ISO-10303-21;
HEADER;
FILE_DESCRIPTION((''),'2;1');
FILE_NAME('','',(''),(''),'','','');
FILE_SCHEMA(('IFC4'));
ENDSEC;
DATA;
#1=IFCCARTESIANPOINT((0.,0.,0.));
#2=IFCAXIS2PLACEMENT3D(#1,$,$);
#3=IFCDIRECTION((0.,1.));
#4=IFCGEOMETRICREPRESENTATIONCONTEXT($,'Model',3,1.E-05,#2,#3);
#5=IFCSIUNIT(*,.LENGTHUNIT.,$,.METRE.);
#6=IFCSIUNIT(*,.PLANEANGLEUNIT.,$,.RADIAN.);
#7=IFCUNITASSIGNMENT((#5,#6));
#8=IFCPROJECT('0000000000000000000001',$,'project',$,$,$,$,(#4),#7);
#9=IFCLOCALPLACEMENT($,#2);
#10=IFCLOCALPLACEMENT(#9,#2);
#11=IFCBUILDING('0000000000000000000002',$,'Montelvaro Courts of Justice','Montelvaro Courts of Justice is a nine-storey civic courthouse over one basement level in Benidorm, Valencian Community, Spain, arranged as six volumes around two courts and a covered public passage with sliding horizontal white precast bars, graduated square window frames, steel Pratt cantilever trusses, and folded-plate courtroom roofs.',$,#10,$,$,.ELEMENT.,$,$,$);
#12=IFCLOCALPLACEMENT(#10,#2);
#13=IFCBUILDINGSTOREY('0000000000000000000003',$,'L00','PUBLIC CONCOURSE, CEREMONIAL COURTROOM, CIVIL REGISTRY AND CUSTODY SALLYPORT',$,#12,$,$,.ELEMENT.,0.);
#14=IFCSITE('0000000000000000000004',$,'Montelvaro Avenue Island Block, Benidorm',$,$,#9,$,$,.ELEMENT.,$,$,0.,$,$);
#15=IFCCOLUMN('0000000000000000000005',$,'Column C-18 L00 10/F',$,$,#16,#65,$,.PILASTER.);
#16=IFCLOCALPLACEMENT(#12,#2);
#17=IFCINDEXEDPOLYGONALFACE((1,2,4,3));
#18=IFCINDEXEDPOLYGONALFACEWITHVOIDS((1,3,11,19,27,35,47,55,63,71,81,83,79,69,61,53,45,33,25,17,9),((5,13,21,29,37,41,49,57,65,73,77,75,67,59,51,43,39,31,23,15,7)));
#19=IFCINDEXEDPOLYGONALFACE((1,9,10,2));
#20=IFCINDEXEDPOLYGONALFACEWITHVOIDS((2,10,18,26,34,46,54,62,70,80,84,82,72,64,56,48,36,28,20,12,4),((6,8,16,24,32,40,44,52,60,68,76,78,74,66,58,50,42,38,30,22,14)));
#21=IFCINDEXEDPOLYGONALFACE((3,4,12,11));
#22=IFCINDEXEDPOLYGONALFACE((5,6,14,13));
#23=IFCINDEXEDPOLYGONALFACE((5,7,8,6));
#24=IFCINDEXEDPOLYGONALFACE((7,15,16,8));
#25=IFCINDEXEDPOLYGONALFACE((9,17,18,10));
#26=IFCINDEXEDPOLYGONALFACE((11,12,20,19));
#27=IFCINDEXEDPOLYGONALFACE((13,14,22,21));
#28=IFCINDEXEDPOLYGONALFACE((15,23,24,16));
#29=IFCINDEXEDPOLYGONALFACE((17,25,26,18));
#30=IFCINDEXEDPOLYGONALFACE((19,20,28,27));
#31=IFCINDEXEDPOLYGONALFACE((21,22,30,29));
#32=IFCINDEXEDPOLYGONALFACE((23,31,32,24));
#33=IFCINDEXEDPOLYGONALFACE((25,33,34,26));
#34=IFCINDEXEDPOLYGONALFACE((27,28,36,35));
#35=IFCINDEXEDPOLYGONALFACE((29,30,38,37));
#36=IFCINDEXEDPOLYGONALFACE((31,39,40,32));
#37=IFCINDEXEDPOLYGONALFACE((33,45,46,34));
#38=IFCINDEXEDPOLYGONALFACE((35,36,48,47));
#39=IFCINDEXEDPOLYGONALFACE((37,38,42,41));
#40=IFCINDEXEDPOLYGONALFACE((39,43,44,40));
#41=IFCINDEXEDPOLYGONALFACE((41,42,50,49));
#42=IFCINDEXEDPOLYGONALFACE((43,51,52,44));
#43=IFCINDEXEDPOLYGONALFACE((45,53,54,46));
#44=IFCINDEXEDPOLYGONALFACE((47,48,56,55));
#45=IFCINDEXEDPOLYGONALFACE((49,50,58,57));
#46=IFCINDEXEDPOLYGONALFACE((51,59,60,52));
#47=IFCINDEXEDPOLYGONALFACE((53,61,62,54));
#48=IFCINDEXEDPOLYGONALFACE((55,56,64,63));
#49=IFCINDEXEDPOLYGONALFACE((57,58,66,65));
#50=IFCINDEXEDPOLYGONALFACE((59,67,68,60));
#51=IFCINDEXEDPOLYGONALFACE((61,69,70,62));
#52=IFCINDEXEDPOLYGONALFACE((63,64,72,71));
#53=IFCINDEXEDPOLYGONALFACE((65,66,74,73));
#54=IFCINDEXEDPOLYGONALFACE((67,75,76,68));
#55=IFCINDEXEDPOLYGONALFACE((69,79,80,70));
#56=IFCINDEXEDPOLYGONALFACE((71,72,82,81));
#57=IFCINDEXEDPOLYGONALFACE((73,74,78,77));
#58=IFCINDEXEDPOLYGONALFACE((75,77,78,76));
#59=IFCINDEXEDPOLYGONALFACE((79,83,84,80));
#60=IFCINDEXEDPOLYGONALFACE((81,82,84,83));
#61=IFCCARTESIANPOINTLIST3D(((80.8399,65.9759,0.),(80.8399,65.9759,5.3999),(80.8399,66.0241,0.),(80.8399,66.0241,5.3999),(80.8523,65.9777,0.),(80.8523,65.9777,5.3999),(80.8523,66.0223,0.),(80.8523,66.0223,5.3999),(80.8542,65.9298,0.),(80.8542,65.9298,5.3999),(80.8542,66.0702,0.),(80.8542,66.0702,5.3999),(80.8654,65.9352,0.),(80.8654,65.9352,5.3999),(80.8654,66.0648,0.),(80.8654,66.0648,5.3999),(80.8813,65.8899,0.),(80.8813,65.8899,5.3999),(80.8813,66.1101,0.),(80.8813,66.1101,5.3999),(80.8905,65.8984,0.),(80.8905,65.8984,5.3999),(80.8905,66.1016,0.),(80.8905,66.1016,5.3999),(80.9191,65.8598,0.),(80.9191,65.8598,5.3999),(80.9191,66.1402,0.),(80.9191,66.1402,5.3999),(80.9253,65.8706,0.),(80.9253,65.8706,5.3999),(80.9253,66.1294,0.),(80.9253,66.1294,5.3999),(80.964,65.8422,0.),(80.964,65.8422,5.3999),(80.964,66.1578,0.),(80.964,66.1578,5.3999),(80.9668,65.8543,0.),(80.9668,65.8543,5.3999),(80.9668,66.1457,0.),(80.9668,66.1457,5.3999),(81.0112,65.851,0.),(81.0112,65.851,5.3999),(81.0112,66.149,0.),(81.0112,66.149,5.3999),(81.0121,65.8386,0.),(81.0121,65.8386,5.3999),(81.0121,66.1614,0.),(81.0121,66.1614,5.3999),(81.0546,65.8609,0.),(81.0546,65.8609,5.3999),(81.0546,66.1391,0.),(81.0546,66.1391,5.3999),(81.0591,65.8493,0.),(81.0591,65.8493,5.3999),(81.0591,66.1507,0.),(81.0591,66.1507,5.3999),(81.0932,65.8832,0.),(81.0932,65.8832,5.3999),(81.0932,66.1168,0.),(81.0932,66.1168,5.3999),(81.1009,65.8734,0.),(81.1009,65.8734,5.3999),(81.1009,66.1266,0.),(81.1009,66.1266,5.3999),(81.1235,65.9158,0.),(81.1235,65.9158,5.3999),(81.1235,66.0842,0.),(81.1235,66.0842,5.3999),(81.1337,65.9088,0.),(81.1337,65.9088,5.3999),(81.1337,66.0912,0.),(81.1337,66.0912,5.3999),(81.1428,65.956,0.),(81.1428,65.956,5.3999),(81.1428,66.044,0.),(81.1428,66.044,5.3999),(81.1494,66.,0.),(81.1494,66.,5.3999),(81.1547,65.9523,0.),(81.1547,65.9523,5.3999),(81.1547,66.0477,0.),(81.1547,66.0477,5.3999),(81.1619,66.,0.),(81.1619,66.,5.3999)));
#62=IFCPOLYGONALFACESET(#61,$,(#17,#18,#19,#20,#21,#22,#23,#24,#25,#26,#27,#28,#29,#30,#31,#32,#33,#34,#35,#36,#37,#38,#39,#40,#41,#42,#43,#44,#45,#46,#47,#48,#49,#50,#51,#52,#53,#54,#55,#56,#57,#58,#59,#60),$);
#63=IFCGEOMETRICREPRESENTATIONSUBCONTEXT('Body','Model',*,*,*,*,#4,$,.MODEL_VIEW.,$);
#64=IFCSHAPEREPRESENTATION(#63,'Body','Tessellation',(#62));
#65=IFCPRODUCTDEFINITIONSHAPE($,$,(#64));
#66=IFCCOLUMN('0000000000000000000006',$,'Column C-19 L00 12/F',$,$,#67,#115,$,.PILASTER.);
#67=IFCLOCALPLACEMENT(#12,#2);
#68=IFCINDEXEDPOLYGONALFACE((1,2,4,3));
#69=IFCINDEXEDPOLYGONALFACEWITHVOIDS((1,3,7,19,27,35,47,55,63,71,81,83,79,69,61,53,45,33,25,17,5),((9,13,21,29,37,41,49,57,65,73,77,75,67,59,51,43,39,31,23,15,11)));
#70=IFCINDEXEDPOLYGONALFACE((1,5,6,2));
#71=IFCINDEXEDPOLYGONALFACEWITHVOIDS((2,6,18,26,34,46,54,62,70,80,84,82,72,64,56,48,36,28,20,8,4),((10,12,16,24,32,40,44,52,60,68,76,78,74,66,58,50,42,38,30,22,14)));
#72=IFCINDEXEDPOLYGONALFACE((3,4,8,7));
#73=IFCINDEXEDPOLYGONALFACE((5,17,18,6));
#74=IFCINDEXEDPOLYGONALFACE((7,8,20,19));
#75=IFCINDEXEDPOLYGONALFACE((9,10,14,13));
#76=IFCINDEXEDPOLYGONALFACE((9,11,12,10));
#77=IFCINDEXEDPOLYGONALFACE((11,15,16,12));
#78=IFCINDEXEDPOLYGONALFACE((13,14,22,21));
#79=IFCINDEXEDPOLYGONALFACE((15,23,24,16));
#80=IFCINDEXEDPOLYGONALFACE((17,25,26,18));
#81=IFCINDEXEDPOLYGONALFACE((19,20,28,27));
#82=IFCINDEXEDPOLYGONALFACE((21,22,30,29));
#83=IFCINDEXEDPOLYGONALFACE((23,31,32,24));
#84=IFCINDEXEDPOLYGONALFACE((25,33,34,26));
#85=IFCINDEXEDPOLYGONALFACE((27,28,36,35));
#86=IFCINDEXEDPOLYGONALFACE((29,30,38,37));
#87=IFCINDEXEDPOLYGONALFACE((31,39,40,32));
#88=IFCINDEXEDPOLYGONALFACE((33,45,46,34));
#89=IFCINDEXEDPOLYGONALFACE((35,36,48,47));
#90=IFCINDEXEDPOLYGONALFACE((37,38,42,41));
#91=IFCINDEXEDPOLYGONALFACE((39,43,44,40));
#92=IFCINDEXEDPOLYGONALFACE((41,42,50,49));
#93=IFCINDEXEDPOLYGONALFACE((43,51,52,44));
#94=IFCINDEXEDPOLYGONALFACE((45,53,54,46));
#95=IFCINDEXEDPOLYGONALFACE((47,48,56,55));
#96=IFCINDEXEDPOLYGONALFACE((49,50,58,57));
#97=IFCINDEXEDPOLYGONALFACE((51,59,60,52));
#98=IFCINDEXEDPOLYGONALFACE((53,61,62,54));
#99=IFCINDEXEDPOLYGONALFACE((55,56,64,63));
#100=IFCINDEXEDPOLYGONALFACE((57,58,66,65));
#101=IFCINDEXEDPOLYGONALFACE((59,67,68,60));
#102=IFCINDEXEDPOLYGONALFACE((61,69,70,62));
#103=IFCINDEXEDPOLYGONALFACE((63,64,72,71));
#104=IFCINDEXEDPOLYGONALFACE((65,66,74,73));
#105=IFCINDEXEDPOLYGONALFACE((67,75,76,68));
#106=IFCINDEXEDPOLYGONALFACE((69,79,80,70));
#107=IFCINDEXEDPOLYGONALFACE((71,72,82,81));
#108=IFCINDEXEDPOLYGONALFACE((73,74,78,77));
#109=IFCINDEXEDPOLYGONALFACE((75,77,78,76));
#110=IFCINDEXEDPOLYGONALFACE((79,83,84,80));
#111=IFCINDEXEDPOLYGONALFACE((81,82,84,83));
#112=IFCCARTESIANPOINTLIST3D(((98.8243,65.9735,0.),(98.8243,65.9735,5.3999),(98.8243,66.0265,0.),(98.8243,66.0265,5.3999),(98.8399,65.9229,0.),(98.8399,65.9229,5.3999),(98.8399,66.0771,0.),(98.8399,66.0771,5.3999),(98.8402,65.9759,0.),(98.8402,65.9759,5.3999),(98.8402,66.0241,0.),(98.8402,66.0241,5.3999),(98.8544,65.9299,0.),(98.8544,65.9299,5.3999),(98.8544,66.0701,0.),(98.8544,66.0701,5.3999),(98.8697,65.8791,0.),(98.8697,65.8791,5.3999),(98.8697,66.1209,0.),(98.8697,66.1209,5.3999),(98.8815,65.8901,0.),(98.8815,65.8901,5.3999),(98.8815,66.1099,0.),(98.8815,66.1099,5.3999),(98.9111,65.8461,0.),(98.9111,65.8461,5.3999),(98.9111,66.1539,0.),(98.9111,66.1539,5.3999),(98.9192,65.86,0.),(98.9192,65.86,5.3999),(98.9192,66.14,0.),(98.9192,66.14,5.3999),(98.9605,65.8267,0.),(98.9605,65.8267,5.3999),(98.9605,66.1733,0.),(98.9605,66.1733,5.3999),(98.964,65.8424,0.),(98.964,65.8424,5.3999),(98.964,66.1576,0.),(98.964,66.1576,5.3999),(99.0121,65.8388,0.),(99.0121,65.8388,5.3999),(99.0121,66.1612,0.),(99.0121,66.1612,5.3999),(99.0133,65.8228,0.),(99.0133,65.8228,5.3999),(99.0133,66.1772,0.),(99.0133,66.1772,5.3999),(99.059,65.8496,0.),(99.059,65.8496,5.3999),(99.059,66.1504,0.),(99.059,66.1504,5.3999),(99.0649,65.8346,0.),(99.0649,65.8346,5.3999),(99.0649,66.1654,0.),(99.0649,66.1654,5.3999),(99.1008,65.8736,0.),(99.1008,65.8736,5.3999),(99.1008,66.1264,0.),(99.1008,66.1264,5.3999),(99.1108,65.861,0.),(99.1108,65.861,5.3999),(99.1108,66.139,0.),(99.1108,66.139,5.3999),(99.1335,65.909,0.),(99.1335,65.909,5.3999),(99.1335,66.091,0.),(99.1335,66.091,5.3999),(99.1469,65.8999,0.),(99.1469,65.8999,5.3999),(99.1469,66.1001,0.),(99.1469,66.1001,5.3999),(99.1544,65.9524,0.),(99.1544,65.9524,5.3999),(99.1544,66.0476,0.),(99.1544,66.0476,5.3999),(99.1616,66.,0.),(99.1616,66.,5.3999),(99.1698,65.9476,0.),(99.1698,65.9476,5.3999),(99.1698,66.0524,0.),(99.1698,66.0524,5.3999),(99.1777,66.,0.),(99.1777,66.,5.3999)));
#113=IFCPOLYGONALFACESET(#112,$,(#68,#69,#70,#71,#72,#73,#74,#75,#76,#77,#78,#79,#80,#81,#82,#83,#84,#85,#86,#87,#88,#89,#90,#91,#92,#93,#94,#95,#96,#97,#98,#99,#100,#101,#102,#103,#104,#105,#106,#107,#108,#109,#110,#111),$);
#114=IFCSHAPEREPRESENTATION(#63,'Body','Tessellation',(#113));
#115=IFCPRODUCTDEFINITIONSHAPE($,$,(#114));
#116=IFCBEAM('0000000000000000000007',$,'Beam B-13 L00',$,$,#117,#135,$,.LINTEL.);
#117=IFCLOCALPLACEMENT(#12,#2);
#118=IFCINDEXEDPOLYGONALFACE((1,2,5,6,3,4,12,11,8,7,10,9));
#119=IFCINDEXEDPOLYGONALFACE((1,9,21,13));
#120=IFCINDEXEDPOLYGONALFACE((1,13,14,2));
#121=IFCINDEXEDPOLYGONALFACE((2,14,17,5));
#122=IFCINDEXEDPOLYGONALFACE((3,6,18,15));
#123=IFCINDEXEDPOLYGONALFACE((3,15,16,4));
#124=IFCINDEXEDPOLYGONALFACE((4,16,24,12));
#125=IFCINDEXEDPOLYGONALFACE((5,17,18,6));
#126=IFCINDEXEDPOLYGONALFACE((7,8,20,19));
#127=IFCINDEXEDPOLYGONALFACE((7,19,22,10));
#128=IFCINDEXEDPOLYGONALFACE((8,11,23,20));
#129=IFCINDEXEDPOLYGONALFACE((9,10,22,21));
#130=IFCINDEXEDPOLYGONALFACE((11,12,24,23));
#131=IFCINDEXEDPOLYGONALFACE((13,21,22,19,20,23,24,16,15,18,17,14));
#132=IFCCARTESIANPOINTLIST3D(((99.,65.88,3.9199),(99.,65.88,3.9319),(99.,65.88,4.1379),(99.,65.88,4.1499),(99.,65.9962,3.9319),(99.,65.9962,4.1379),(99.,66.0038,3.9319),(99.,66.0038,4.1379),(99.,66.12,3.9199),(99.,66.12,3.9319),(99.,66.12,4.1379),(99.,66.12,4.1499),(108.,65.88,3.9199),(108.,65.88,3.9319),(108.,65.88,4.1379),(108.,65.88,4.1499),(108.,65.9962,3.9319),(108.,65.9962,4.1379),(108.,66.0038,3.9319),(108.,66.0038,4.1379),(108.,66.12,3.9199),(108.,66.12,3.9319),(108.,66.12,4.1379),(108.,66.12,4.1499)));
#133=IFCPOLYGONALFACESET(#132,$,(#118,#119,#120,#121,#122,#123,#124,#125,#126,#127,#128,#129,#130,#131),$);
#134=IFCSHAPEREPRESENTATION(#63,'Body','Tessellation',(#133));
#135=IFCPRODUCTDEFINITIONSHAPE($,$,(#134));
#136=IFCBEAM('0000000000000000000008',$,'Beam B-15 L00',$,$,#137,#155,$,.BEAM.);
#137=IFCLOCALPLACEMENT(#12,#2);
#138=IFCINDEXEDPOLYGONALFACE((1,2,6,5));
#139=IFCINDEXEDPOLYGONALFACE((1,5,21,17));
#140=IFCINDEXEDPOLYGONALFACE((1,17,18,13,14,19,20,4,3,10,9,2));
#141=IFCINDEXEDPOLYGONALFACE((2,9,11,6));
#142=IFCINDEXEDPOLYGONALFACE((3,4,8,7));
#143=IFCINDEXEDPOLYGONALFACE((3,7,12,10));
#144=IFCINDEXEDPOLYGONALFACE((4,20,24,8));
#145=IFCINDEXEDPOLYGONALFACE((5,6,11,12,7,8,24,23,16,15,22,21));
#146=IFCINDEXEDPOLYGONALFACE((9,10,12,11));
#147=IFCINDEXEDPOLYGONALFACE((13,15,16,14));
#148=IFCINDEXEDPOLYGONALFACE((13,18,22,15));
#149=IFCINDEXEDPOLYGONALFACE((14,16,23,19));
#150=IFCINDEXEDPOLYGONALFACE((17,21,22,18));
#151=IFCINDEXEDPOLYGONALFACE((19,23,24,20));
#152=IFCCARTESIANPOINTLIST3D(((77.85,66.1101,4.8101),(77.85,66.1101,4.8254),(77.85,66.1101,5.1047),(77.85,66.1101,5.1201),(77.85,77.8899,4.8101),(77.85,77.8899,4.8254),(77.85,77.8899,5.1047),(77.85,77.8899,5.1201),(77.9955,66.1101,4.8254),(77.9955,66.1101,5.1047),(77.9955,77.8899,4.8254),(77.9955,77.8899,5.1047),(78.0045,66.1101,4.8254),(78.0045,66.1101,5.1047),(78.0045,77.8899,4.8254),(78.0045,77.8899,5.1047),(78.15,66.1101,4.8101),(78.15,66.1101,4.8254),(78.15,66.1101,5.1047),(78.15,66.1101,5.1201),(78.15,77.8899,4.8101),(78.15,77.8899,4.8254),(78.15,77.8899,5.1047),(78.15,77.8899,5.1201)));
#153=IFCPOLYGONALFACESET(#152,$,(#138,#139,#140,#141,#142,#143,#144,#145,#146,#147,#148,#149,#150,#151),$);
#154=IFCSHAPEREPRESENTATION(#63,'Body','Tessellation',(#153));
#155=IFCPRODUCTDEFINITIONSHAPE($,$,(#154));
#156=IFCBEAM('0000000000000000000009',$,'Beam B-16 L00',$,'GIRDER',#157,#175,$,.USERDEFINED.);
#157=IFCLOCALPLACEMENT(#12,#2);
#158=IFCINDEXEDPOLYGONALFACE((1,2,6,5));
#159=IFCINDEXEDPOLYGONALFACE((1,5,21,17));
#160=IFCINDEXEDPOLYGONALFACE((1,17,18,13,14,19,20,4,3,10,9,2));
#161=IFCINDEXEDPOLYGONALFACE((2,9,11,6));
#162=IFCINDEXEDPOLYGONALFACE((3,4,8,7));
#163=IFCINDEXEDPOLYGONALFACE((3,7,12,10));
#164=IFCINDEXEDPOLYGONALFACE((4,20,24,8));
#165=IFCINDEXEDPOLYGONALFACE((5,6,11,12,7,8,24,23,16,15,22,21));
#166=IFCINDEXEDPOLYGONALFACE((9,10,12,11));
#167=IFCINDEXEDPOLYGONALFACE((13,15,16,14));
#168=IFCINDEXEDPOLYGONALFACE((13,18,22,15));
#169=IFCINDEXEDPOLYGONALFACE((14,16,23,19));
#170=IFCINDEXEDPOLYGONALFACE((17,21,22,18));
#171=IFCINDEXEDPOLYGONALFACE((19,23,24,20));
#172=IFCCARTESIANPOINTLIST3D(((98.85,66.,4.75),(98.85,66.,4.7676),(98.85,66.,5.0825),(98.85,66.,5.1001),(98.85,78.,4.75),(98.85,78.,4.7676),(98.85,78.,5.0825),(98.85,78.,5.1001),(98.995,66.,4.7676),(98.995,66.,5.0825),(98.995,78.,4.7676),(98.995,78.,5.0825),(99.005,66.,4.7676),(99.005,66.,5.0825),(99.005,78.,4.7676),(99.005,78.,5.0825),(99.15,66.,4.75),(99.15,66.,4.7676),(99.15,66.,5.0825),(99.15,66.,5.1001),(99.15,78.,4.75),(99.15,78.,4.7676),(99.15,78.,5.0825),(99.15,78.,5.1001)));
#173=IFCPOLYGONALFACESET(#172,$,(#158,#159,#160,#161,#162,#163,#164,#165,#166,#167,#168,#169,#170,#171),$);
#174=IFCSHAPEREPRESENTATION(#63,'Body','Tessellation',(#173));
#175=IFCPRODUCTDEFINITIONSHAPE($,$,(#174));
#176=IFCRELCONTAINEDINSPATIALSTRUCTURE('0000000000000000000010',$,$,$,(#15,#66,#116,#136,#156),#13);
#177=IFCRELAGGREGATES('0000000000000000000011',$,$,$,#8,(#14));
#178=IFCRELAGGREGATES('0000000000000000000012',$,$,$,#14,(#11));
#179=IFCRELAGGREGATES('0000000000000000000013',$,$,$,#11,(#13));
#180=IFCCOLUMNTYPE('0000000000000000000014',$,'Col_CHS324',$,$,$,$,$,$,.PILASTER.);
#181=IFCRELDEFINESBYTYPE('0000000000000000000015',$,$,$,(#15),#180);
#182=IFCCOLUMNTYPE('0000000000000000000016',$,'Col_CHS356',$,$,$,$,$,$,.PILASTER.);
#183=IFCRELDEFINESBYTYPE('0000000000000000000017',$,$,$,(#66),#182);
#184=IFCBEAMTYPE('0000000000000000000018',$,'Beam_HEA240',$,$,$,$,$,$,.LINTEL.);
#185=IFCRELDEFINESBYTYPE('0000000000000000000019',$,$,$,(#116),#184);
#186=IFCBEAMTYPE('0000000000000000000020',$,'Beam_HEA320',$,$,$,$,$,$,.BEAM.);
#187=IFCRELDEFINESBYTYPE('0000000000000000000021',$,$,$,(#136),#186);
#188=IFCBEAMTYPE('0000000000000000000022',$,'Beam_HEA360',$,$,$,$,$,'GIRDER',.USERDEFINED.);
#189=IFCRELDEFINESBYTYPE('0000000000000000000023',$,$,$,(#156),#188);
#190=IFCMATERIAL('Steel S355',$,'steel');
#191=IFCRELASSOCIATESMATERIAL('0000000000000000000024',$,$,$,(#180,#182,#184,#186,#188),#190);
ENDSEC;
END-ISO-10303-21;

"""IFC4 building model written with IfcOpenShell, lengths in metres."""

from ifc_helpers import new_model, si_unit, direction, frame, origin, origin_2d, place, context, subcontext, project, spatial, hollow_circle, i_section, extrude, material, material_profile, profile_set, type_object, element, save


model = new_model("IFC4")

# Units and contexts
model_context = context("Model", 3, precision=1e-05, world=origin(), true_north=direction((0.0, 1.0)))
body_context = subcontext(model_context, "Body", "Model", "MODEL_VIEW")
ifc_project = project(units=[si_unit("LENGTHUNIT", "METRE"), si_unit("PLANEANGLEUNIT", "RADIAN")], contexts=[model_context])

# Site, building, storey
site_placement = place(None, origin())
site = spatial("IfcSite", under=ifc_project, at=site_placement, Name="Montelvaro Avenue Island Block, Benidorm", CompositionType="ELEMENT", RefElevation=0.0)
building_placement = place(site_placement, origin())
building = spatial("IfcBuilding", under=site, at=building_placement, Name="Montelvaro Courts of Justice", Description="Montelvaro Courts of Justice is a nine-storey civic courthouse over one basement level in Benidorm, Valencian Community, Spain, arranged as six volumes around two courts and a covered public passage with sliding horizontal white precast bars, graduated square window frames, steel Pratt cantilever trusses, and folded-plate courtroom roofs.", CompositionType="ELEMENT")
storey_placement = place(building_placement, origin())
storey = spatial("IfcBuildingStorey", under=building, at=storey_placement, Name="L00", Description="PUBLIC CONCOURSE, CEREMONIAL COURTROOM, CIVIL REGISTRY AND CUSTODY SALLYPORT", CompositionType="ELEMENT", Elevation=0.0)

# Columns
ifc_material_1 = material(Name="Steel S355", Category="steel")
ifc_material_profile_1 = material_profile(ifc_material_1, hollow_circle(Radius=0.1619, WallThickness=0.0125, at=origin_2d()), Name="CHS 323.9x12.5")
ifc_profile_set_1 = profile_set([ifc_material_profile_1], Name="Steel S355")
column_type_1 = type_object("IfcColumnType", Name="Col_CHS324", PredefinedType="PILASTER", material=ifc_profile_set_1)
column_1_placement = place(storey_placement, frame((81.0, 66.0, 0.0), z_axis=(0.0, 0.0, 1.0), x_axis=(1.0, 0.0, 0.0)))
element("IfcColumn", 1, at=column_1_placement, inside=storey, type_object=column_type_1, Name="Column C-18 L00 10/F", PredefinedType="PILASTER", context=body_context, shape_type="SweptSolid", body=[
    extrude(hollow_circle(Radius=0.1619, WallThickness=0.0125, at=origin_2d()), origin(), (0.0, 0.0, 1.0), 5.3999),
])
ifc_material_profile_2 = material_profile(ifc_material_1, hollow_circle(Radius=0.1777, WallThickness=0.0161, at=origin_2d()), Name="CHS 355.6x16")
ifc_profile_set_2 = profile_set([ifc_material_profile_2], Name="Steel S355")
column_type_2 = type_object("IfcColumnType", Name="Col_CHS356", PredefinedType="PILASTER", material=ifc_profile_set_2)
column_2_placement = place(storey_placement, frame((99.0, 66.0, 0.0), z_axis=(0.0, 0.0, 1.0), x_axis=(1.0, 0.0, 0.0)))
element("IfcColumn", 2, at=column_2_placement, inside=storey, type_object=column_type_2, Name="Column C-19 L00 12/F", PredefinedType="PILASTER", context=body_context, shape_type="SweptSolid", body=[
    extrude(hollow_circle(Radius=0.1777, WallThickness=0.0161, at=origin_2d()), origin(), (0.0, 0.0, 1.0), 5.3999),
])

# Beams
ifc_material_profile_3 = material_profile(ifc_material_1, i_section(OverallWidth=0.24, OverallDepth=0.23, WebThickness=0.0076, FlangeThickness=0.012, at=origin_2d()), Name="HEA 240")
ifc_profile_set_3 = profile_set([ifc_material_profile_3], Name="Steel S355")
beam_type_1 = type_object("IfcBeamType", Name="Beam_HEA240", PredefinedType="LINTEL", material=ifc_profile_set_3)
beam_1_placement = place(storey_placement, frame((99.0, 66.0, 4.0349), z_axis=(1.0, 0.0, 0.0), x_axis=(0.0, 1.0, 0.0)))
element("IfcBeam", 3, at=beam_1_placement, inside=storey, type_object=beam_type_1, Name="Beam B-13 L00", PredefinedType="LINTEL", context=body_context, shape_type="SweptSolid", body=[
    extrude(i_section(OverallWidth=0.24, OverallDepth=0.23, WebThickness=0.0076, FlangeThickness=0.012, at=origin_2d()), origin(), (0.0, 0.0, 1.0), 9.0),
])
ifc_material_profile_4 = material_profile(ifc_material_1, i_section(OverallWidth=0.3, OverallDepth=0.3101, WebThickness=0.009, FlangeThickness=0.0154, at=origin_2d()), Name="HEA 320")
ifc_profile_set_4 = profile_set([ifc_material_profile_4], Name="Steel S355")
beam_type_2 = type_object("IfcBeamType", Name="Beam_HEA320", PredefinedType="BEAM", material=ifc_profile_set_4)
beam_2_placement = place(storey_placement, frame((78.0, 66.1101, 4.9651), z_axis=(0.0, 1.0, 0.0), x_axis=(-1.0, 0.0, 0.0)))
element("IfcBeam", 4, at=beam_2_placement, inside=storey, type_object=beam_type_2, Name="Beam B-15 L00", PredefinedType="BEAM", context=body_context, shape_type="SweptSolid", body=[
    extrude(i_section(OverallWidth=0.3, OverallDepth=0.3101, WebThickness=0.009, FlangeThickness=0.0154, at=origin_2d()), origin(), (0.0, 0.0, 1.0), 11.7798),
])
ifc_material_profile_5 = material_profile(ifc_material_1, i_section(OverallWidth=0.3, OverallDepth=0.3501, WebThickness=0.01, FlangeThickness=0.0176, at=origin_2d()), Name="HEA 360")
ifc_profile_set_5 = profile_set([ifc_material_profile_5], Name="Steel S355")
beam_type_3 = type_object("IfcBeamType", Name="Beam_HEA360", ElementType="GIRDER", PredefinedType="USERDEFINED", material=ifc_profile_set_5)
beam_3_placement = place(storey_placement, frame((99.0, 66.0, 4.925), z_axis=(0.0, 1.0, 0.0), x_axis=(-1.0, 0.0, 0.0)))
element("IfcBeam", 5, at=beam_3_placement, inside=storey, type_object=beam_type_3, Name="Beam B-16 L00", ObjectType="GIRDER", PredefinedType="USERDEFINED", context=body_context, shape_type="SweptSolid", body=[
    extrude(i_section(OverallWidth=0.3, OverallDepth=0.3501, WebThickness=0.01, FlangeThickness=0.0176, at=origin_2d()), origin(), (0.0, 0.0, 1.0), 12.0),
])

save(model, "model.ifc")
